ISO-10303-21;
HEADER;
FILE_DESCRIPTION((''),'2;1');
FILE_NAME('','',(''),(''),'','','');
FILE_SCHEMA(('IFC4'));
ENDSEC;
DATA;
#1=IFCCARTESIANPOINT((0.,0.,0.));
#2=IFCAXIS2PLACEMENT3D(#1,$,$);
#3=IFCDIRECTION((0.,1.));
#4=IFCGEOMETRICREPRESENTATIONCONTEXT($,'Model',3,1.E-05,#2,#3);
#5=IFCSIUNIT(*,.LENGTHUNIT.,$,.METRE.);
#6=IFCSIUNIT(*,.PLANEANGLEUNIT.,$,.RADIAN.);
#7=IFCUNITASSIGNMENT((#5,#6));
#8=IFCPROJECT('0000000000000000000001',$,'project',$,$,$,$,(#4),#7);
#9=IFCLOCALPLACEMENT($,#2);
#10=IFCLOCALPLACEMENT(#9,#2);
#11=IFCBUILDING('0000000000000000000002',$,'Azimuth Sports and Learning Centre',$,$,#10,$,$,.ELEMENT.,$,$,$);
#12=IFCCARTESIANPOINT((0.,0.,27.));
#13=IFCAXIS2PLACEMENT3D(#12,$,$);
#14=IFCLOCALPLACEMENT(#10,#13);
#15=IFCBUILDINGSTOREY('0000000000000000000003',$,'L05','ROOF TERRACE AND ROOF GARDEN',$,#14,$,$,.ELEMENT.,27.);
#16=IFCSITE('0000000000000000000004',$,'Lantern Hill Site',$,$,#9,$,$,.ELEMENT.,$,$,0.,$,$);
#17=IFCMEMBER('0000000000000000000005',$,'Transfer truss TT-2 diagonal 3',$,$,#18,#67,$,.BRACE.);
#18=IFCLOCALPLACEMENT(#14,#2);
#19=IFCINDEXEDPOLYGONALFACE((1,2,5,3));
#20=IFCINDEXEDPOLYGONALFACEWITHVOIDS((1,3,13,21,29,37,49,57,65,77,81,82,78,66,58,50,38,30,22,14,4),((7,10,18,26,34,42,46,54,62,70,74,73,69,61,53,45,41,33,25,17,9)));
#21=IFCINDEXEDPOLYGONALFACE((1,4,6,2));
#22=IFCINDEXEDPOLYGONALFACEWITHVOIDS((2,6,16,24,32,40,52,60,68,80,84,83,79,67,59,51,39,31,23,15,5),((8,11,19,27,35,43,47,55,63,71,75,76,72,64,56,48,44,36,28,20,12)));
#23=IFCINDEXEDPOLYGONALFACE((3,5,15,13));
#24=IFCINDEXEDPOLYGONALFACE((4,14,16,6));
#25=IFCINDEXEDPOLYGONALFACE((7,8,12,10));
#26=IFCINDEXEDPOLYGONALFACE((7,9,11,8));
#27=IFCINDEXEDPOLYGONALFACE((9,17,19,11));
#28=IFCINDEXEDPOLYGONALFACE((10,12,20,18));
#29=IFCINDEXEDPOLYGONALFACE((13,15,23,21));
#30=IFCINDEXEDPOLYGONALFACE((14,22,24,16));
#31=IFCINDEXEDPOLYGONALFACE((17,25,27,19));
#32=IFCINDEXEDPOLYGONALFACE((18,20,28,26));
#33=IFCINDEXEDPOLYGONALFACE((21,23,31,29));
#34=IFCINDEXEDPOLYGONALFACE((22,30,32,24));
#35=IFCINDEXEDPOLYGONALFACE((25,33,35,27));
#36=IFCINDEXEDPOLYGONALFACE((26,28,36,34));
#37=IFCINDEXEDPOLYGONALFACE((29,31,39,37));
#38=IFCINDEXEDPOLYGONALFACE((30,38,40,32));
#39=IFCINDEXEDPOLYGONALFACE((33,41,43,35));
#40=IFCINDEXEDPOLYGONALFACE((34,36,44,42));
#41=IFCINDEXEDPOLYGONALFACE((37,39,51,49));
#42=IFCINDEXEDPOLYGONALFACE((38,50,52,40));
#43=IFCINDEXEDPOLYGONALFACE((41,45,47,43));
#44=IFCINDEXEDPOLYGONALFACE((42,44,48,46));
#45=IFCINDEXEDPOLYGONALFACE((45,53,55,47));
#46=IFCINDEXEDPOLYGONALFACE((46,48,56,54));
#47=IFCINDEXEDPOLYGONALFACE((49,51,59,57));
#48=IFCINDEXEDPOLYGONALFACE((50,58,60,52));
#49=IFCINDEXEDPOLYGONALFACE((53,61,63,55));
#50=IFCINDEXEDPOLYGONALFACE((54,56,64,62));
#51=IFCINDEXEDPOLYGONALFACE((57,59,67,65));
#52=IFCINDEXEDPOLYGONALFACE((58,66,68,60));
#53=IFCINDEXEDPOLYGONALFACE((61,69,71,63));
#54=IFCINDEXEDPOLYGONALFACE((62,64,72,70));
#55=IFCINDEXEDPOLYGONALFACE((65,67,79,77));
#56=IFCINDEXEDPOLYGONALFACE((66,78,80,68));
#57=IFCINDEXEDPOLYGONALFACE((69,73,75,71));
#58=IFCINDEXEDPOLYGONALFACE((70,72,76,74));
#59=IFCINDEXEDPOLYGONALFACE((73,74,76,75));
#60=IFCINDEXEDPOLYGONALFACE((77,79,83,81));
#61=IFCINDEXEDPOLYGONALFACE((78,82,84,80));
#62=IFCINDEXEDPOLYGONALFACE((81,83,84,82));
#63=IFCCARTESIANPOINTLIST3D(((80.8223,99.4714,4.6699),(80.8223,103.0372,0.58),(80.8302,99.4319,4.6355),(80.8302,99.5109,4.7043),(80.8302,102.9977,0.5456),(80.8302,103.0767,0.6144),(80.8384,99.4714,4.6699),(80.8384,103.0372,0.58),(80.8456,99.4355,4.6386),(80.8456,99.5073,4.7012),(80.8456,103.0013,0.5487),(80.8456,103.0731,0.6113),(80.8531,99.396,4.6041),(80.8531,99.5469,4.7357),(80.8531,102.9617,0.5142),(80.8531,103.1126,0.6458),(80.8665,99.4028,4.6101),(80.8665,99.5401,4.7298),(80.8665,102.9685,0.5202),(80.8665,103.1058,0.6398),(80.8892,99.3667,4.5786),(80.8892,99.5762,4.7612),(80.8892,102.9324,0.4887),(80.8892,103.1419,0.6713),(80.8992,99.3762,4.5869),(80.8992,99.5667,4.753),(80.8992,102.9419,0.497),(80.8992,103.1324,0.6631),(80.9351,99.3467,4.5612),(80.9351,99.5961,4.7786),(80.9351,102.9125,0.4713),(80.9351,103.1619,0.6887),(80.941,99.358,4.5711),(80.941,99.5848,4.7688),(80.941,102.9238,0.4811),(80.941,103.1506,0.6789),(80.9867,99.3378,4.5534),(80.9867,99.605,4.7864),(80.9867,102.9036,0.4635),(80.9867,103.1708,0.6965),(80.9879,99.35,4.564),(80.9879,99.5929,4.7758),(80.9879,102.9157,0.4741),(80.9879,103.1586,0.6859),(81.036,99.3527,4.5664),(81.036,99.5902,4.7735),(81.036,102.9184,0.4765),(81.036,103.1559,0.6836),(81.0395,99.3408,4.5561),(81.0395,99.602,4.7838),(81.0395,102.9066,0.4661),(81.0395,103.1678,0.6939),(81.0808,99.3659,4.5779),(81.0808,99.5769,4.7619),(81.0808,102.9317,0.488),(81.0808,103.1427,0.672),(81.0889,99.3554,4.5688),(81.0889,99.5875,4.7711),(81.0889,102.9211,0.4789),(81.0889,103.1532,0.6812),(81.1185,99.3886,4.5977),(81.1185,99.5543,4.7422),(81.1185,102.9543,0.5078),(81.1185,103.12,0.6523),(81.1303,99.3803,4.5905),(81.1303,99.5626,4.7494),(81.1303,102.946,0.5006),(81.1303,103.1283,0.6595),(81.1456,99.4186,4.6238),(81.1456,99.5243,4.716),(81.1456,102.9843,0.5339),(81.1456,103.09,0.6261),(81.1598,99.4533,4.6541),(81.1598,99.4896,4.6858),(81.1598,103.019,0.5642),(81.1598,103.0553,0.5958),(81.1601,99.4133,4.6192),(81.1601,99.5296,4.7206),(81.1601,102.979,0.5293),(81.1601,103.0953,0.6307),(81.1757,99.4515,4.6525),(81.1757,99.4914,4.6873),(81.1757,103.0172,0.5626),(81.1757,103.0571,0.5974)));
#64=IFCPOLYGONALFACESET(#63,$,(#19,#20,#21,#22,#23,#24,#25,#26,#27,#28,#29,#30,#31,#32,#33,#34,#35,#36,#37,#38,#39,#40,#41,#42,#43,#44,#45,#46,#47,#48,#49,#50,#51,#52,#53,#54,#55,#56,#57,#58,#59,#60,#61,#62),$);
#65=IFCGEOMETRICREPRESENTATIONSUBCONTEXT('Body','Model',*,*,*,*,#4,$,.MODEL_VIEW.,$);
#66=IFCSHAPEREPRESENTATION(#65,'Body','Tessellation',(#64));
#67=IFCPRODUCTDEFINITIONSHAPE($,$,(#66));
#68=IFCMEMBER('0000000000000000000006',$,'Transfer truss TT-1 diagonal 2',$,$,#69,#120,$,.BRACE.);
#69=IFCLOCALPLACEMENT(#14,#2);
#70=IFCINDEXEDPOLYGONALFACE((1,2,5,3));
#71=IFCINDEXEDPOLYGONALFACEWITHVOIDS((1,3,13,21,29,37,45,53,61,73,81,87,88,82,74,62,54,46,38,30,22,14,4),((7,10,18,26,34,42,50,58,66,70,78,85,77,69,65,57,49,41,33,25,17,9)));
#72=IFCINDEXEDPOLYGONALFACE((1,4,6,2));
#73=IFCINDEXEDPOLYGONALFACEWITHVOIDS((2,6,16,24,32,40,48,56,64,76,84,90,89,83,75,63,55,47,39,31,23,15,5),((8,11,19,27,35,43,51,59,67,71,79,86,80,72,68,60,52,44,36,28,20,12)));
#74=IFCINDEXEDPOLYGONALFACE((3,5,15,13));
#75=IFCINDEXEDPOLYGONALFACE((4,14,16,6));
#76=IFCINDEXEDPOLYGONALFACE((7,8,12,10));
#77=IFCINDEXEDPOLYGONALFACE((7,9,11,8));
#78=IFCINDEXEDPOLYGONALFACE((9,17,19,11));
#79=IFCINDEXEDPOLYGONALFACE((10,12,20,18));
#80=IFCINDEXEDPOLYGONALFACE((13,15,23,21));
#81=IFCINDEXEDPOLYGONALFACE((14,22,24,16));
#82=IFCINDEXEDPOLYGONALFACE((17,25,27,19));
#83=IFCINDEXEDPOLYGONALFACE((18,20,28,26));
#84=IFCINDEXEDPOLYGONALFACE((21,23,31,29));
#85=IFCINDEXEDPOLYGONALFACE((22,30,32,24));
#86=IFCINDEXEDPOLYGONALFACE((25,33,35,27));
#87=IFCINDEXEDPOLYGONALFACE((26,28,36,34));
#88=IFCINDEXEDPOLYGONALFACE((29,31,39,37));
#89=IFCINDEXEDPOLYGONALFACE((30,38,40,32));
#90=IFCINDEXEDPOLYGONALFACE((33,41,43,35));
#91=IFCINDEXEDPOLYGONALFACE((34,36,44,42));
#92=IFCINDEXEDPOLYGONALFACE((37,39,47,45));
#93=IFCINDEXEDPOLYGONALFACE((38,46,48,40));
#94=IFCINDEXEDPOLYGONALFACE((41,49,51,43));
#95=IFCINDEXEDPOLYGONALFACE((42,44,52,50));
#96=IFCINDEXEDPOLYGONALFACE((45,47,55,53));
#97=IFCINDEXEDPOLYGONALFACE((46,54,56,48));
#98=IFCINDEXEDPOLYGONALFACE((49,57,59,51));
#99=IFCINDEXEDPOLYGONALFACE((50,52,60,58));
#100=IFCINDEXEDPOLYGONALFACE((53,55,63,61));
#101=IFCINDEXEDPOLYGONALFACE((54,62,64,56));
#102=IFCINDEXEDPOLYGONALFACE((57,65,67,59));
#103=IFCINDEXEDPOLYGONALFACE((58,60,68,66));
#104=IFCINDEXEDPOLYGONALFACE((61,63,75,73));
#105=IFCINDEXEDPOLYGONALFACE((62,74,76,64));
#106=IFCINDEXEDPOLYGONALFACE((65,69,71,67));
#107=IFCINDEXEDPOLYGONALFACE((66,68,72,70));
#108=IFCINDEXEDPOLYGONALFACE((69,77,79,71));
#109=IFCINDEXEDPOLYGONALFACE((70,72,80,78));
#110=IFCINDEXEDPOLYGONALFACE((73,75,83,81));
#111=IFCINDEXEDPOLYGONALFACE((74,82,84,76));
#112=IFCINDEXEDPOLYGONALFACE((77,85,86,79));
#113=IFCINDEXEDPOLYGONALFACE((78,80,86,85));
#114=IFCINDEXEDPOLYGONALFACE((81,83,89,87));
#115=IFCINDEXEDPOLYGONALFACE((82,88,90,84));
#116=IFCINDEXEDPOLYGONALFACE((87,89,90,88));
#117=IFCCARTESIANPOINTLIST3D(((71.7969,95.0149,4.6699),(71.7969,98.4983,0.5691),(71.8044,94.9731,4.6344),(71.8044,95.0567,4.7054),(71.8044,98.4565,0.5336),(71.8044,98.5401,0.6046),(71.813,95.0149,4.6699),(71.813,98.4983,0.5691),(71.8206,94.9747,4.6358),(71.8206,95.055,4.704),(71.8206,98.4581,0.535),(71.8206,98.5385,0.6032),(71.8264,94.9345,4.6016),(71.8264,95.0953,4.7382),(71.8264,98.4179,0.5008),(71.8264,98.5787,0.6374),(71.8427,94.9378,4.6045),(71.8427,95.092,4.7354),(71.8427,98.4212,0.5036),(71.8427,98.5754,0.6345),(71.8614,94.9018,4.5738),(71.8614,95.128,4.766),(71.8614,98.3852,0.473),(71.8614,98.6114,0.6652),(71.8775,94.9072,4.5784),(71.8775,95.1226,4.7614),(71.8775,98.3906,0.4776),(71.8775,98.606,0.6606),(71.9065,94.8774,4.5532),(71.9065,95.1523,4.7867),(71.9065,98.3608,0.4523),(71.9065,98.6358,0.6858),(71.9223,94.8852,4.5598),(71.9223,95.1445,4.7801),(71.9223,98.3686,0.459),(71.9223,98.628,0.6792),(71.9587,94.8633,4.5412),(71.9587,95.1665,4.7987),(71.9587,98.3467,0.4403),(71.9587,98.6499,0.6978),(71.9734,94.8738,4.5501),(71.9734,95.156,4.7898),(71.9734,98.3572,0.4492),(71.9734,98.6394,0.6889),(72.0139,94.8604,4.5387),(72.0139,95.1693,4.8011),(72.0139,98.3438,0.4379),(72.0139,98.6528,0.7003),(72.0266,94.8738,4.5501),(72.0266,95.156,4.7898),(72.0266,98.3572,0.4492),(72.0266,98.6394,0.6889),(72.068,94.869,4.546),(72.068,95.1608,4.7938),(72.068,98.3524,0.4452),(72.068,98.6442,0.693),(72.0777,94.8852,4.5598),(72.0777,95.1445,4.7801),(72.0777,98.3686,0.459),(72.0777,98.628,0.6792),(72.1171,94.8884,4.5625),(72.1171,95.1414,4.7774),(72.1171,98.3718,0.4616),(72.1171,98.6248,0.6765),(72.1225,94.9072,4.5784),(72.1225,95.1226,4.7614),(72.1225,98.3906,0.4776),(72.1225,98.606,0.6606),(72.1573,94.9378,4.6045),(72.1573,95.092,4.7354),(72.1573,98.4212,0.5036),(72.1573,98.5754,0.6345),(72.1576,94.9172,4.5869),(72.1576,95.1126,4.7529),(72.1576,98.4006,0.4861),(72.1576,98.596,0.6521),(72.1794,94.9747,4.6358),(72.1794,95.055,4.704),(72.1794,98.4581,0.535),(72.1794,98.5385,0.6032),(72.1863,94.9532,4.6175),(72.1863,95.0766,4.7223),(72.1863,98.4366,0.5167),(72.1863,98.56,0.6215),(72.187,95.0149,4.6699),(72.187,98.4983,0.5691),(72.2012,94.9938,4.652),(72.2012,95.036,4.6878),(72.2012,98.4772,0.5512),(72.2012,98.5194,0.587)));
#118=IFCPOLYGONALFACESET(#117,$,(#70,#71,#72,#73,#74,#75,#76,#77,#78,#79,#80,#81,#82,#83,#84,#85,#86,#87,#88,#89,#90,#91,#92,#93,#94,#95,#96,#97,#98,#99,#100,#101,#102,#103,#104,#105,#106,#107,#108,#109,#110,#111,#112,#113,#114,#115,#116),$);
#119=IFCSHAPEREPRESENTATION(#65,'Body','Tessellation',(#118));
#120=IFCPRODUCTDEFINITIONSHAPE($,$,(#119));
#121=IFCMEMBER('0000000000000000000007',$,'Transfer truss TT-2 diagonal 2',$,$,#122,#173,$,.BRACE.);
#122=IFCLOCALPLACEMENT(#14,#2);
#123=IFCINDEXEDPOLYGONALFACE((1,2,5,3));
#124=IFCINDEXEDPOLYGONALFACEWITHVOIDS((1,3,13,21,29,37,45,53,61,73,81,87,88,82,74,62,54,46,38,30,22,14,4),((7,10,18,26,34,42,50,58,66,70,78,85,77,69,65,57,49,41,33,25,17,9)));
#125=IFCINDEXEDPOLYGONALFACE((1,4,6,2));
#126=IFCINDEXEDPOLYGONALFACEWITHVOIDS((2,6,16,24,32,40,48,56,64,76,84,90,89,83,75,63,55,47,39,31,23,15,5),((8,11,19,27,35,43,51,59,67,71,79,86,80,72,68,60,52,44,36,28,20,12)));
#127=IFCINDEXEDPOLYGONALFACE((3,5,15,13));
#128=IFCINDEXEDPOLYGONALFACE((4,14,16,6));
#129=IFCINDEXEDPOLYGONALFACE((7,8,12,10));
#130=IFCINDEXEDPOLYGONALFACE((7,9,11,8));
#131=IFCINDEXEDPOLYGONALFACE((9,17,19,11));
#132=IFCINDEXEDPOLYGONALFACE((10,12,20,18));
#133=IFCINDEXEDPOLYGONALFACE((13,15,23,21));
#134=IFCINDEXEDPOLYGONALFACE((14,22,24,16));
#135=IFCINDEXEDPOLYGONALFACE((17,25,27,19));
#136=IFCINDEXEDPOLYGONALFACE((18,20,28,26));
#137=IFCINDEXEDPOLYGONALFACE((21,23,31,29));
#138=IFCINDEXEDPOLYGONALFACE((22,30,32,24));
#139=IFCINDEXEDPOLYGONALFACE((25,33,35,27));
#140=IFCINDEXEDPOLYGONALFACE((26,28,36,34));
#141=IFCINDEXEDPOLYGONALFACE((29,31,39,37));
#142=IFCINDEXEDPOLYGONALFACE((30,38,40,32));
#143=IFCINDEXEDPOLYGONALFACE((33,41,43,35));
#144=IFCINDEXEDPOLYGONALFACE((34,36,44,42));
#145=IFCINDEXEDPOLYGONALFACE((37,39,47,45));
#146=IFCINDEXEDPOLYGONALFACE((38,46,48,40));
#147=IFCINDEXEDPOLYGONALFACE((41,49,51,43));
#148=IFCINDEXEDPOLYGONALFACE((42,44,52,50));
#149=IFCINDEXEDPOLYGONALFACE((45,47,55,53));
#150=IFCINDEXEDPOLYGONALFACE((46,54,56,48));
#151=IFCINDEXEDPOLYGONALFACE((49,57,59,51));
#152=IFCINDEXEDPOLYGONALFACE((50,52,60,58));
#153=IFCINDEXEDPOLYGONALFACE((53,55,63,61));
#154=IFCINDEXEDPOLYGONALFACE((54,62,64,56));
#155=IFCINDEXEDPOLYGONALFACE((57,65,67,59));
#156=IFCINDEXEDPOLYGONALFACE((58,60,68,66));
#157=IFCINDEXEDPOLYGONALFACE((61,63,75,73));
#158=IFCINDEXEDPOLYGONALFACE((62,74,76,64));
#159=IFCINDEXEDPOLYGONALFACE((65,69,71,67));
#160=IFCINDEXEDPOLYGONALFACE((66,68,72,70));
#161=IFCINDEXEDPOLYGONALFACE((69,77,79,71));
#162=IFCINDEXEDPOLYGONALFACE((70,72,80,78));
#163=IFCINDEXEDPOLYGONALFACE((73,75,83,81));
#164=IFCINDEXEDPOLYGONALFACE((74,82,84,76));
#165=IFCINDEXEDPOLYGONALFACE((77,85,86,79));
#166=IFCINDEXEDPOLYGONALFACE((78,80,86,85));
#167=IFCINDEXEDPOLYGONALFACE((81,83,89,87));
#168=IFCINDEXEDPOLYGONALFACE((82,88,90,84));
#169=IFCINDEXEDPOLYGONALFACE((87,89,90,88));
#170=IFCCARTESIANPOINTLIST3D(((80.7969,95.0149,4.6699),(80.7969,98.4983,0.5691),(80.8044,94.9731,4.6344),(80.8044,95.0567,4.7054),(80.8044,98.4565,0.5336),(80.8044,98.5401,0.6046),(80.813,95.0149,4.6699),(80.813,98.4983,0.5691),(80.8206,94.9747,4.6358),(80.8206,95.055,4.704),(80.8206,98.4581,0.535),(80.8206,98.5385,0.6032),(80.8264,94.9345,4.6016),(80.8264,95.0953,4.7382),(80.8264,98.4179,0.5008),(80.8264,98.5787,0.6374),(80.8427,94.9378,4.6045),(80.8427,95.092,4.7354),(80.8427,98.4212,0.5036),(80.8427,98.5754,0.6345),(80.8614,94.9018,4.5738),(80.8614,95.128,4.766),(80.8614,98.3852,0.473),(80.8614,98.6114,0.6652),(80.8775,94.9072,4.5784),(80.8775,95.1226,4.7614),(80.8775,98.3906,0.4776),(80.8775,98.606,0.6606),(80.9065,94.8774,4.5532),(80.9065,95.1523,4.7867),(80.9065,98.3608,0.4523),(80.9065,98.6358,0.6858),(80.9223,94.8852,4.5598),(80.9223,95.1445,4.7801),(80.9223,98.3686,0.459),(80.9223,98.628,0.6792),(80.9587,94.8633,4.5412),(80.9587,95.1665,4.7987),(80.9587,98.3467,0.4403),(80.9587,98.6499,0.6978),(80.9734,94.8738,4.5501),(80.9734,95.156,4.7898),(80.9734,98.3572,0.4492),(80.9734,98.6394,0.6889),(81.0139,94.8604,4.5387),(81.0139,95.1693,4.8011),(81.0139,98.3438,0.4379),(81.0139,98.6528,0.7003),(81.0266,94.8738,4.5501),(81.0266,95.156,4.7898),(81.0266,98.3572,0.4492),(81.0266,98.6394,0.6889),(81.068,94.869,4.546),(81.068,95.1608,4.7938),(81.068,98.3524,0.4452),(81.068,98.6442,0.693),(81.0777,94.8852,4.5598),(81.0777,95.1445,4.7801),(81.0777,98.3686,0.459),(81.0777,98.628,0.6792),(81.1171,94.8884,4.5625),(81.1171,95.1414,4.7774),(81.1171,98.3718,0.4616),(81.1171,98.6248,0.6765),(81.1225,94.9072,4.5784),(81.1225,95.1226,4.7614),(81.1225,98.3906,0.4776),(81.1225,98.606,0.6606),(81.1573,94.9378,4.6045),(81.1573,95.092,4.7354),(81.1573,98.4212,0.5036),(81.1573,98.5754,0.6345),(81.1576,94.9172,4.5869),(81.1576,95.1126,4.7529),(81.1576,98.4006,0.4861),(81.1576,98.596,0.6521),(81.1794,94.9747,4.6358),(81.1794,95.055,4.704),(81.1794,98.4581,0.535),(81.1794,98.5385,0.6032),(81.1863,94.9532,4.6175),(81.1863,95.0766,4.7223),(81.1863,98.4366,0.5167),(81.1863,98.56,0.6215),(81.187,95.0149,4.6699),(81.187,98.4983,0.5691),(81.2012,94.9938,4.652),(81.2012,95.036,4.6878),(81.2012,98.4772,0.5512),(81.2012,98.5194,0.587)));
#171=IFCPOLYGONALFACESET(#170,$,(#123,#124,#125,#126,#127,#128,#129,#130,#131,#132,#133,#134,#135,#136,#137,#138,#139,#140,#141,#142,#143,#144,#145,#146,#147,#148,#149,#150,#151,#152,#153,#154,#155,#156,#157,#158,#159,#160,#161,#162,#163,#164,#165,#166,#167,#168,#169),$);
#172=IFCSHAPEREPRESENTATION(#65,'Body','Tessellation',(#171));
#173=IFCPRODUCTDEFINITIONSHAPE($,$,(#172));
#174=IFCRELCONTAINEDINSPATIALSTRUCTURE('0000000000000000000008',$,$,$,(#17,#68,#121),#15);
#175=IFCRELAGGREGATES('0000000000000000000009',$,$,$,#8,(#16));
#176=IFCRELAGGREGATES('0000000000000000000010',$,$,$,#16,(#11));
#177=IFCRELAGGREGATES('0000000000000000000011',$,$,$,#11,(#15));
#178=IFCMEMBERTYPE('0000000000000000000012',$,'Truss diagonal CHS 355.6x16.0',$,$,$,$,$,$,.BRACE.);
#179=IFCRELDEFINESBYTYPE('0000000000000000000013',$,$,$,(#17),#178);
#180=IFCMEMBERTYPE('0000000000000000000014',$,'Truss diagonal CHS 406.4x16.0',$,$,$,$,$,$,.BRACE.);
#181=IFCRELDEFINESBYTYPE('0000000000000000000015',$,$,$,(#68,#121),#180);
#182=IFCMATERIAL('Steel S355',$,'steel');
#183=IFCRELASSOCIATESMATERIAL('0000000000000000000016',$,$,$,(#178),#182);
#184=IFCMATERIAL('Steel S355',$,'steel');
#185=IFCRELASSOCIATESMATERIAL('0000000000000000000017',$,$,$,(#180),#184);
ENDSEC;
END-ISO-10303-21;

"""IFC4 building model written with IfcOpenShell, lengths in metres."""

from ifc_helpers import new_model, si_unit, direction, frame, origin, origin_2d, place, context, subcontext, project, spatial, hollow_circle, extrude, material, material_profile, profile_set, type_object, element, save


model = new_model("IFC4")

# Units and contexts
model_context = context("Model", 3, precision=1e-05, world=origin(), true_north=direction((0.0, 1.0)))
body_context = subcontext(model_context, "Body", "Model", "MODEL_VIEW")
ifc_project = project(units=[si_unit("LENGTHUNIT", "METRE"), si_unit("PLANEANGLEUNIT", "RADIAN")], contexts=[model_context])

# Site, building, storey
site_placement = place(None, origin())
site = spatial("IfcSite", under=ifc_project, at=site_placement, Name="Lantern Hill Site", CompositionType="ELEMENT", RefElevation=0.0)
building_placement = place(site_placement, origin())
building = spatial("IfcBuilding", under=site, at=building_placement, Name="Azimuth Sports and Learning Centre", CompositionType="ELEMENT")
storey_placement = place(building_placement, frame((0.0, 0.0, 27.0)))
storey = spatial("IfcBuildingStorey", under=building, at=storey_placement, Name="L05", Description="ROOF TERRACE AND ROOF GARDEN", CompositionType="ELEMENT", Elevation=27.0)

# Members
ifc_material_1 = material(Name="Steel S355", Category="steel")
ifc_material_profile_1 = material_profile(ifc_material_1, hollow_circle(Radius=0.1777, WallThickness=0.0161, at=origin_2d()), Name="CHS 355.6x16.0")
ifc_profile_set_1 = profile_set([ifc_material_profile_1], Name="Steel S355")
member_type_1 = type_object("IfcMemberType", Name="Truss diagonal CHS 355.6x16.0", PredefinedType="BRACE", material=ifc_profile_set_1)
for number, where, z_axis, x_axis, name in (
    (1, (81.0, 99.4714, 4.6699), (0.0, 0.657153, -0.753757), (-1.0, 0.0, 0.0), "Transfer truss TT-2 diagonal 3"),
):
    element("IfcMember", number, at=place(storey_placement, frame(where, z_axis=z_axis, x_axis=x_axis)), inside=storey, type_object=member_type_1, Name=name, PredefinedType="BRACE", context=body_context, shape_type="SweptSolid", body=[
        extrude(hollow_circle(Radius=0.1777, WallThickness=0.0161, at=origin_2d()), origin(), (0.0, 0.0, 1.0), 5.426),
    ])
ifc_material_2 = material(Name="Steel S355", Category="steel")
ifc_material_profile_2 = material_profile(ifc_material_2, hollow_circle(Radius=0.2031, WallThickness=0.0161, at=origin_2d()), Name="CHS 406.4x16.0")
ifc_profile_set_2 = profile_set([ifc_material_profile_2], Name="Steel S355")
member_type_2 = type_object("IfcMemberType", Name="Truss diagonal CHS 406.4x16.0", PredefinedType="BRACE", material=ifc_profile_set_2)
for number, where, z_axis, x_axis, name in (
    (2, (72.0, 95.0149, 4.6699), (0.0, 0.647399, -0.762151), (-1.0, 0.0, 0.0), "Transfer truss TT-1 diagonal 2"),
    (3, (81.0, 95.0149, 4.6699), (0.0, 0.647399, -0.762151), (-1.0, 0.0, 0.0), "Transfer truss TT-2 diagonal 2"),
):
    element("IfcMember", number, at=place(storey_placement, frame(where, z_axis=z_axis, x_axis=x_axis)), inside=storey, type_object=member_type_2, Name=name, PredefinedType="BRACE", context=body_context, shape_type="SweptSolid", body=[
        extrude(hollow_circle(Radius=0.2031, WallThickness=0.0161, at=origin_2d()), origin(), (0.0, 0.0, 1.0), 5.3806),
    ])

save(model, "model.ifc")
